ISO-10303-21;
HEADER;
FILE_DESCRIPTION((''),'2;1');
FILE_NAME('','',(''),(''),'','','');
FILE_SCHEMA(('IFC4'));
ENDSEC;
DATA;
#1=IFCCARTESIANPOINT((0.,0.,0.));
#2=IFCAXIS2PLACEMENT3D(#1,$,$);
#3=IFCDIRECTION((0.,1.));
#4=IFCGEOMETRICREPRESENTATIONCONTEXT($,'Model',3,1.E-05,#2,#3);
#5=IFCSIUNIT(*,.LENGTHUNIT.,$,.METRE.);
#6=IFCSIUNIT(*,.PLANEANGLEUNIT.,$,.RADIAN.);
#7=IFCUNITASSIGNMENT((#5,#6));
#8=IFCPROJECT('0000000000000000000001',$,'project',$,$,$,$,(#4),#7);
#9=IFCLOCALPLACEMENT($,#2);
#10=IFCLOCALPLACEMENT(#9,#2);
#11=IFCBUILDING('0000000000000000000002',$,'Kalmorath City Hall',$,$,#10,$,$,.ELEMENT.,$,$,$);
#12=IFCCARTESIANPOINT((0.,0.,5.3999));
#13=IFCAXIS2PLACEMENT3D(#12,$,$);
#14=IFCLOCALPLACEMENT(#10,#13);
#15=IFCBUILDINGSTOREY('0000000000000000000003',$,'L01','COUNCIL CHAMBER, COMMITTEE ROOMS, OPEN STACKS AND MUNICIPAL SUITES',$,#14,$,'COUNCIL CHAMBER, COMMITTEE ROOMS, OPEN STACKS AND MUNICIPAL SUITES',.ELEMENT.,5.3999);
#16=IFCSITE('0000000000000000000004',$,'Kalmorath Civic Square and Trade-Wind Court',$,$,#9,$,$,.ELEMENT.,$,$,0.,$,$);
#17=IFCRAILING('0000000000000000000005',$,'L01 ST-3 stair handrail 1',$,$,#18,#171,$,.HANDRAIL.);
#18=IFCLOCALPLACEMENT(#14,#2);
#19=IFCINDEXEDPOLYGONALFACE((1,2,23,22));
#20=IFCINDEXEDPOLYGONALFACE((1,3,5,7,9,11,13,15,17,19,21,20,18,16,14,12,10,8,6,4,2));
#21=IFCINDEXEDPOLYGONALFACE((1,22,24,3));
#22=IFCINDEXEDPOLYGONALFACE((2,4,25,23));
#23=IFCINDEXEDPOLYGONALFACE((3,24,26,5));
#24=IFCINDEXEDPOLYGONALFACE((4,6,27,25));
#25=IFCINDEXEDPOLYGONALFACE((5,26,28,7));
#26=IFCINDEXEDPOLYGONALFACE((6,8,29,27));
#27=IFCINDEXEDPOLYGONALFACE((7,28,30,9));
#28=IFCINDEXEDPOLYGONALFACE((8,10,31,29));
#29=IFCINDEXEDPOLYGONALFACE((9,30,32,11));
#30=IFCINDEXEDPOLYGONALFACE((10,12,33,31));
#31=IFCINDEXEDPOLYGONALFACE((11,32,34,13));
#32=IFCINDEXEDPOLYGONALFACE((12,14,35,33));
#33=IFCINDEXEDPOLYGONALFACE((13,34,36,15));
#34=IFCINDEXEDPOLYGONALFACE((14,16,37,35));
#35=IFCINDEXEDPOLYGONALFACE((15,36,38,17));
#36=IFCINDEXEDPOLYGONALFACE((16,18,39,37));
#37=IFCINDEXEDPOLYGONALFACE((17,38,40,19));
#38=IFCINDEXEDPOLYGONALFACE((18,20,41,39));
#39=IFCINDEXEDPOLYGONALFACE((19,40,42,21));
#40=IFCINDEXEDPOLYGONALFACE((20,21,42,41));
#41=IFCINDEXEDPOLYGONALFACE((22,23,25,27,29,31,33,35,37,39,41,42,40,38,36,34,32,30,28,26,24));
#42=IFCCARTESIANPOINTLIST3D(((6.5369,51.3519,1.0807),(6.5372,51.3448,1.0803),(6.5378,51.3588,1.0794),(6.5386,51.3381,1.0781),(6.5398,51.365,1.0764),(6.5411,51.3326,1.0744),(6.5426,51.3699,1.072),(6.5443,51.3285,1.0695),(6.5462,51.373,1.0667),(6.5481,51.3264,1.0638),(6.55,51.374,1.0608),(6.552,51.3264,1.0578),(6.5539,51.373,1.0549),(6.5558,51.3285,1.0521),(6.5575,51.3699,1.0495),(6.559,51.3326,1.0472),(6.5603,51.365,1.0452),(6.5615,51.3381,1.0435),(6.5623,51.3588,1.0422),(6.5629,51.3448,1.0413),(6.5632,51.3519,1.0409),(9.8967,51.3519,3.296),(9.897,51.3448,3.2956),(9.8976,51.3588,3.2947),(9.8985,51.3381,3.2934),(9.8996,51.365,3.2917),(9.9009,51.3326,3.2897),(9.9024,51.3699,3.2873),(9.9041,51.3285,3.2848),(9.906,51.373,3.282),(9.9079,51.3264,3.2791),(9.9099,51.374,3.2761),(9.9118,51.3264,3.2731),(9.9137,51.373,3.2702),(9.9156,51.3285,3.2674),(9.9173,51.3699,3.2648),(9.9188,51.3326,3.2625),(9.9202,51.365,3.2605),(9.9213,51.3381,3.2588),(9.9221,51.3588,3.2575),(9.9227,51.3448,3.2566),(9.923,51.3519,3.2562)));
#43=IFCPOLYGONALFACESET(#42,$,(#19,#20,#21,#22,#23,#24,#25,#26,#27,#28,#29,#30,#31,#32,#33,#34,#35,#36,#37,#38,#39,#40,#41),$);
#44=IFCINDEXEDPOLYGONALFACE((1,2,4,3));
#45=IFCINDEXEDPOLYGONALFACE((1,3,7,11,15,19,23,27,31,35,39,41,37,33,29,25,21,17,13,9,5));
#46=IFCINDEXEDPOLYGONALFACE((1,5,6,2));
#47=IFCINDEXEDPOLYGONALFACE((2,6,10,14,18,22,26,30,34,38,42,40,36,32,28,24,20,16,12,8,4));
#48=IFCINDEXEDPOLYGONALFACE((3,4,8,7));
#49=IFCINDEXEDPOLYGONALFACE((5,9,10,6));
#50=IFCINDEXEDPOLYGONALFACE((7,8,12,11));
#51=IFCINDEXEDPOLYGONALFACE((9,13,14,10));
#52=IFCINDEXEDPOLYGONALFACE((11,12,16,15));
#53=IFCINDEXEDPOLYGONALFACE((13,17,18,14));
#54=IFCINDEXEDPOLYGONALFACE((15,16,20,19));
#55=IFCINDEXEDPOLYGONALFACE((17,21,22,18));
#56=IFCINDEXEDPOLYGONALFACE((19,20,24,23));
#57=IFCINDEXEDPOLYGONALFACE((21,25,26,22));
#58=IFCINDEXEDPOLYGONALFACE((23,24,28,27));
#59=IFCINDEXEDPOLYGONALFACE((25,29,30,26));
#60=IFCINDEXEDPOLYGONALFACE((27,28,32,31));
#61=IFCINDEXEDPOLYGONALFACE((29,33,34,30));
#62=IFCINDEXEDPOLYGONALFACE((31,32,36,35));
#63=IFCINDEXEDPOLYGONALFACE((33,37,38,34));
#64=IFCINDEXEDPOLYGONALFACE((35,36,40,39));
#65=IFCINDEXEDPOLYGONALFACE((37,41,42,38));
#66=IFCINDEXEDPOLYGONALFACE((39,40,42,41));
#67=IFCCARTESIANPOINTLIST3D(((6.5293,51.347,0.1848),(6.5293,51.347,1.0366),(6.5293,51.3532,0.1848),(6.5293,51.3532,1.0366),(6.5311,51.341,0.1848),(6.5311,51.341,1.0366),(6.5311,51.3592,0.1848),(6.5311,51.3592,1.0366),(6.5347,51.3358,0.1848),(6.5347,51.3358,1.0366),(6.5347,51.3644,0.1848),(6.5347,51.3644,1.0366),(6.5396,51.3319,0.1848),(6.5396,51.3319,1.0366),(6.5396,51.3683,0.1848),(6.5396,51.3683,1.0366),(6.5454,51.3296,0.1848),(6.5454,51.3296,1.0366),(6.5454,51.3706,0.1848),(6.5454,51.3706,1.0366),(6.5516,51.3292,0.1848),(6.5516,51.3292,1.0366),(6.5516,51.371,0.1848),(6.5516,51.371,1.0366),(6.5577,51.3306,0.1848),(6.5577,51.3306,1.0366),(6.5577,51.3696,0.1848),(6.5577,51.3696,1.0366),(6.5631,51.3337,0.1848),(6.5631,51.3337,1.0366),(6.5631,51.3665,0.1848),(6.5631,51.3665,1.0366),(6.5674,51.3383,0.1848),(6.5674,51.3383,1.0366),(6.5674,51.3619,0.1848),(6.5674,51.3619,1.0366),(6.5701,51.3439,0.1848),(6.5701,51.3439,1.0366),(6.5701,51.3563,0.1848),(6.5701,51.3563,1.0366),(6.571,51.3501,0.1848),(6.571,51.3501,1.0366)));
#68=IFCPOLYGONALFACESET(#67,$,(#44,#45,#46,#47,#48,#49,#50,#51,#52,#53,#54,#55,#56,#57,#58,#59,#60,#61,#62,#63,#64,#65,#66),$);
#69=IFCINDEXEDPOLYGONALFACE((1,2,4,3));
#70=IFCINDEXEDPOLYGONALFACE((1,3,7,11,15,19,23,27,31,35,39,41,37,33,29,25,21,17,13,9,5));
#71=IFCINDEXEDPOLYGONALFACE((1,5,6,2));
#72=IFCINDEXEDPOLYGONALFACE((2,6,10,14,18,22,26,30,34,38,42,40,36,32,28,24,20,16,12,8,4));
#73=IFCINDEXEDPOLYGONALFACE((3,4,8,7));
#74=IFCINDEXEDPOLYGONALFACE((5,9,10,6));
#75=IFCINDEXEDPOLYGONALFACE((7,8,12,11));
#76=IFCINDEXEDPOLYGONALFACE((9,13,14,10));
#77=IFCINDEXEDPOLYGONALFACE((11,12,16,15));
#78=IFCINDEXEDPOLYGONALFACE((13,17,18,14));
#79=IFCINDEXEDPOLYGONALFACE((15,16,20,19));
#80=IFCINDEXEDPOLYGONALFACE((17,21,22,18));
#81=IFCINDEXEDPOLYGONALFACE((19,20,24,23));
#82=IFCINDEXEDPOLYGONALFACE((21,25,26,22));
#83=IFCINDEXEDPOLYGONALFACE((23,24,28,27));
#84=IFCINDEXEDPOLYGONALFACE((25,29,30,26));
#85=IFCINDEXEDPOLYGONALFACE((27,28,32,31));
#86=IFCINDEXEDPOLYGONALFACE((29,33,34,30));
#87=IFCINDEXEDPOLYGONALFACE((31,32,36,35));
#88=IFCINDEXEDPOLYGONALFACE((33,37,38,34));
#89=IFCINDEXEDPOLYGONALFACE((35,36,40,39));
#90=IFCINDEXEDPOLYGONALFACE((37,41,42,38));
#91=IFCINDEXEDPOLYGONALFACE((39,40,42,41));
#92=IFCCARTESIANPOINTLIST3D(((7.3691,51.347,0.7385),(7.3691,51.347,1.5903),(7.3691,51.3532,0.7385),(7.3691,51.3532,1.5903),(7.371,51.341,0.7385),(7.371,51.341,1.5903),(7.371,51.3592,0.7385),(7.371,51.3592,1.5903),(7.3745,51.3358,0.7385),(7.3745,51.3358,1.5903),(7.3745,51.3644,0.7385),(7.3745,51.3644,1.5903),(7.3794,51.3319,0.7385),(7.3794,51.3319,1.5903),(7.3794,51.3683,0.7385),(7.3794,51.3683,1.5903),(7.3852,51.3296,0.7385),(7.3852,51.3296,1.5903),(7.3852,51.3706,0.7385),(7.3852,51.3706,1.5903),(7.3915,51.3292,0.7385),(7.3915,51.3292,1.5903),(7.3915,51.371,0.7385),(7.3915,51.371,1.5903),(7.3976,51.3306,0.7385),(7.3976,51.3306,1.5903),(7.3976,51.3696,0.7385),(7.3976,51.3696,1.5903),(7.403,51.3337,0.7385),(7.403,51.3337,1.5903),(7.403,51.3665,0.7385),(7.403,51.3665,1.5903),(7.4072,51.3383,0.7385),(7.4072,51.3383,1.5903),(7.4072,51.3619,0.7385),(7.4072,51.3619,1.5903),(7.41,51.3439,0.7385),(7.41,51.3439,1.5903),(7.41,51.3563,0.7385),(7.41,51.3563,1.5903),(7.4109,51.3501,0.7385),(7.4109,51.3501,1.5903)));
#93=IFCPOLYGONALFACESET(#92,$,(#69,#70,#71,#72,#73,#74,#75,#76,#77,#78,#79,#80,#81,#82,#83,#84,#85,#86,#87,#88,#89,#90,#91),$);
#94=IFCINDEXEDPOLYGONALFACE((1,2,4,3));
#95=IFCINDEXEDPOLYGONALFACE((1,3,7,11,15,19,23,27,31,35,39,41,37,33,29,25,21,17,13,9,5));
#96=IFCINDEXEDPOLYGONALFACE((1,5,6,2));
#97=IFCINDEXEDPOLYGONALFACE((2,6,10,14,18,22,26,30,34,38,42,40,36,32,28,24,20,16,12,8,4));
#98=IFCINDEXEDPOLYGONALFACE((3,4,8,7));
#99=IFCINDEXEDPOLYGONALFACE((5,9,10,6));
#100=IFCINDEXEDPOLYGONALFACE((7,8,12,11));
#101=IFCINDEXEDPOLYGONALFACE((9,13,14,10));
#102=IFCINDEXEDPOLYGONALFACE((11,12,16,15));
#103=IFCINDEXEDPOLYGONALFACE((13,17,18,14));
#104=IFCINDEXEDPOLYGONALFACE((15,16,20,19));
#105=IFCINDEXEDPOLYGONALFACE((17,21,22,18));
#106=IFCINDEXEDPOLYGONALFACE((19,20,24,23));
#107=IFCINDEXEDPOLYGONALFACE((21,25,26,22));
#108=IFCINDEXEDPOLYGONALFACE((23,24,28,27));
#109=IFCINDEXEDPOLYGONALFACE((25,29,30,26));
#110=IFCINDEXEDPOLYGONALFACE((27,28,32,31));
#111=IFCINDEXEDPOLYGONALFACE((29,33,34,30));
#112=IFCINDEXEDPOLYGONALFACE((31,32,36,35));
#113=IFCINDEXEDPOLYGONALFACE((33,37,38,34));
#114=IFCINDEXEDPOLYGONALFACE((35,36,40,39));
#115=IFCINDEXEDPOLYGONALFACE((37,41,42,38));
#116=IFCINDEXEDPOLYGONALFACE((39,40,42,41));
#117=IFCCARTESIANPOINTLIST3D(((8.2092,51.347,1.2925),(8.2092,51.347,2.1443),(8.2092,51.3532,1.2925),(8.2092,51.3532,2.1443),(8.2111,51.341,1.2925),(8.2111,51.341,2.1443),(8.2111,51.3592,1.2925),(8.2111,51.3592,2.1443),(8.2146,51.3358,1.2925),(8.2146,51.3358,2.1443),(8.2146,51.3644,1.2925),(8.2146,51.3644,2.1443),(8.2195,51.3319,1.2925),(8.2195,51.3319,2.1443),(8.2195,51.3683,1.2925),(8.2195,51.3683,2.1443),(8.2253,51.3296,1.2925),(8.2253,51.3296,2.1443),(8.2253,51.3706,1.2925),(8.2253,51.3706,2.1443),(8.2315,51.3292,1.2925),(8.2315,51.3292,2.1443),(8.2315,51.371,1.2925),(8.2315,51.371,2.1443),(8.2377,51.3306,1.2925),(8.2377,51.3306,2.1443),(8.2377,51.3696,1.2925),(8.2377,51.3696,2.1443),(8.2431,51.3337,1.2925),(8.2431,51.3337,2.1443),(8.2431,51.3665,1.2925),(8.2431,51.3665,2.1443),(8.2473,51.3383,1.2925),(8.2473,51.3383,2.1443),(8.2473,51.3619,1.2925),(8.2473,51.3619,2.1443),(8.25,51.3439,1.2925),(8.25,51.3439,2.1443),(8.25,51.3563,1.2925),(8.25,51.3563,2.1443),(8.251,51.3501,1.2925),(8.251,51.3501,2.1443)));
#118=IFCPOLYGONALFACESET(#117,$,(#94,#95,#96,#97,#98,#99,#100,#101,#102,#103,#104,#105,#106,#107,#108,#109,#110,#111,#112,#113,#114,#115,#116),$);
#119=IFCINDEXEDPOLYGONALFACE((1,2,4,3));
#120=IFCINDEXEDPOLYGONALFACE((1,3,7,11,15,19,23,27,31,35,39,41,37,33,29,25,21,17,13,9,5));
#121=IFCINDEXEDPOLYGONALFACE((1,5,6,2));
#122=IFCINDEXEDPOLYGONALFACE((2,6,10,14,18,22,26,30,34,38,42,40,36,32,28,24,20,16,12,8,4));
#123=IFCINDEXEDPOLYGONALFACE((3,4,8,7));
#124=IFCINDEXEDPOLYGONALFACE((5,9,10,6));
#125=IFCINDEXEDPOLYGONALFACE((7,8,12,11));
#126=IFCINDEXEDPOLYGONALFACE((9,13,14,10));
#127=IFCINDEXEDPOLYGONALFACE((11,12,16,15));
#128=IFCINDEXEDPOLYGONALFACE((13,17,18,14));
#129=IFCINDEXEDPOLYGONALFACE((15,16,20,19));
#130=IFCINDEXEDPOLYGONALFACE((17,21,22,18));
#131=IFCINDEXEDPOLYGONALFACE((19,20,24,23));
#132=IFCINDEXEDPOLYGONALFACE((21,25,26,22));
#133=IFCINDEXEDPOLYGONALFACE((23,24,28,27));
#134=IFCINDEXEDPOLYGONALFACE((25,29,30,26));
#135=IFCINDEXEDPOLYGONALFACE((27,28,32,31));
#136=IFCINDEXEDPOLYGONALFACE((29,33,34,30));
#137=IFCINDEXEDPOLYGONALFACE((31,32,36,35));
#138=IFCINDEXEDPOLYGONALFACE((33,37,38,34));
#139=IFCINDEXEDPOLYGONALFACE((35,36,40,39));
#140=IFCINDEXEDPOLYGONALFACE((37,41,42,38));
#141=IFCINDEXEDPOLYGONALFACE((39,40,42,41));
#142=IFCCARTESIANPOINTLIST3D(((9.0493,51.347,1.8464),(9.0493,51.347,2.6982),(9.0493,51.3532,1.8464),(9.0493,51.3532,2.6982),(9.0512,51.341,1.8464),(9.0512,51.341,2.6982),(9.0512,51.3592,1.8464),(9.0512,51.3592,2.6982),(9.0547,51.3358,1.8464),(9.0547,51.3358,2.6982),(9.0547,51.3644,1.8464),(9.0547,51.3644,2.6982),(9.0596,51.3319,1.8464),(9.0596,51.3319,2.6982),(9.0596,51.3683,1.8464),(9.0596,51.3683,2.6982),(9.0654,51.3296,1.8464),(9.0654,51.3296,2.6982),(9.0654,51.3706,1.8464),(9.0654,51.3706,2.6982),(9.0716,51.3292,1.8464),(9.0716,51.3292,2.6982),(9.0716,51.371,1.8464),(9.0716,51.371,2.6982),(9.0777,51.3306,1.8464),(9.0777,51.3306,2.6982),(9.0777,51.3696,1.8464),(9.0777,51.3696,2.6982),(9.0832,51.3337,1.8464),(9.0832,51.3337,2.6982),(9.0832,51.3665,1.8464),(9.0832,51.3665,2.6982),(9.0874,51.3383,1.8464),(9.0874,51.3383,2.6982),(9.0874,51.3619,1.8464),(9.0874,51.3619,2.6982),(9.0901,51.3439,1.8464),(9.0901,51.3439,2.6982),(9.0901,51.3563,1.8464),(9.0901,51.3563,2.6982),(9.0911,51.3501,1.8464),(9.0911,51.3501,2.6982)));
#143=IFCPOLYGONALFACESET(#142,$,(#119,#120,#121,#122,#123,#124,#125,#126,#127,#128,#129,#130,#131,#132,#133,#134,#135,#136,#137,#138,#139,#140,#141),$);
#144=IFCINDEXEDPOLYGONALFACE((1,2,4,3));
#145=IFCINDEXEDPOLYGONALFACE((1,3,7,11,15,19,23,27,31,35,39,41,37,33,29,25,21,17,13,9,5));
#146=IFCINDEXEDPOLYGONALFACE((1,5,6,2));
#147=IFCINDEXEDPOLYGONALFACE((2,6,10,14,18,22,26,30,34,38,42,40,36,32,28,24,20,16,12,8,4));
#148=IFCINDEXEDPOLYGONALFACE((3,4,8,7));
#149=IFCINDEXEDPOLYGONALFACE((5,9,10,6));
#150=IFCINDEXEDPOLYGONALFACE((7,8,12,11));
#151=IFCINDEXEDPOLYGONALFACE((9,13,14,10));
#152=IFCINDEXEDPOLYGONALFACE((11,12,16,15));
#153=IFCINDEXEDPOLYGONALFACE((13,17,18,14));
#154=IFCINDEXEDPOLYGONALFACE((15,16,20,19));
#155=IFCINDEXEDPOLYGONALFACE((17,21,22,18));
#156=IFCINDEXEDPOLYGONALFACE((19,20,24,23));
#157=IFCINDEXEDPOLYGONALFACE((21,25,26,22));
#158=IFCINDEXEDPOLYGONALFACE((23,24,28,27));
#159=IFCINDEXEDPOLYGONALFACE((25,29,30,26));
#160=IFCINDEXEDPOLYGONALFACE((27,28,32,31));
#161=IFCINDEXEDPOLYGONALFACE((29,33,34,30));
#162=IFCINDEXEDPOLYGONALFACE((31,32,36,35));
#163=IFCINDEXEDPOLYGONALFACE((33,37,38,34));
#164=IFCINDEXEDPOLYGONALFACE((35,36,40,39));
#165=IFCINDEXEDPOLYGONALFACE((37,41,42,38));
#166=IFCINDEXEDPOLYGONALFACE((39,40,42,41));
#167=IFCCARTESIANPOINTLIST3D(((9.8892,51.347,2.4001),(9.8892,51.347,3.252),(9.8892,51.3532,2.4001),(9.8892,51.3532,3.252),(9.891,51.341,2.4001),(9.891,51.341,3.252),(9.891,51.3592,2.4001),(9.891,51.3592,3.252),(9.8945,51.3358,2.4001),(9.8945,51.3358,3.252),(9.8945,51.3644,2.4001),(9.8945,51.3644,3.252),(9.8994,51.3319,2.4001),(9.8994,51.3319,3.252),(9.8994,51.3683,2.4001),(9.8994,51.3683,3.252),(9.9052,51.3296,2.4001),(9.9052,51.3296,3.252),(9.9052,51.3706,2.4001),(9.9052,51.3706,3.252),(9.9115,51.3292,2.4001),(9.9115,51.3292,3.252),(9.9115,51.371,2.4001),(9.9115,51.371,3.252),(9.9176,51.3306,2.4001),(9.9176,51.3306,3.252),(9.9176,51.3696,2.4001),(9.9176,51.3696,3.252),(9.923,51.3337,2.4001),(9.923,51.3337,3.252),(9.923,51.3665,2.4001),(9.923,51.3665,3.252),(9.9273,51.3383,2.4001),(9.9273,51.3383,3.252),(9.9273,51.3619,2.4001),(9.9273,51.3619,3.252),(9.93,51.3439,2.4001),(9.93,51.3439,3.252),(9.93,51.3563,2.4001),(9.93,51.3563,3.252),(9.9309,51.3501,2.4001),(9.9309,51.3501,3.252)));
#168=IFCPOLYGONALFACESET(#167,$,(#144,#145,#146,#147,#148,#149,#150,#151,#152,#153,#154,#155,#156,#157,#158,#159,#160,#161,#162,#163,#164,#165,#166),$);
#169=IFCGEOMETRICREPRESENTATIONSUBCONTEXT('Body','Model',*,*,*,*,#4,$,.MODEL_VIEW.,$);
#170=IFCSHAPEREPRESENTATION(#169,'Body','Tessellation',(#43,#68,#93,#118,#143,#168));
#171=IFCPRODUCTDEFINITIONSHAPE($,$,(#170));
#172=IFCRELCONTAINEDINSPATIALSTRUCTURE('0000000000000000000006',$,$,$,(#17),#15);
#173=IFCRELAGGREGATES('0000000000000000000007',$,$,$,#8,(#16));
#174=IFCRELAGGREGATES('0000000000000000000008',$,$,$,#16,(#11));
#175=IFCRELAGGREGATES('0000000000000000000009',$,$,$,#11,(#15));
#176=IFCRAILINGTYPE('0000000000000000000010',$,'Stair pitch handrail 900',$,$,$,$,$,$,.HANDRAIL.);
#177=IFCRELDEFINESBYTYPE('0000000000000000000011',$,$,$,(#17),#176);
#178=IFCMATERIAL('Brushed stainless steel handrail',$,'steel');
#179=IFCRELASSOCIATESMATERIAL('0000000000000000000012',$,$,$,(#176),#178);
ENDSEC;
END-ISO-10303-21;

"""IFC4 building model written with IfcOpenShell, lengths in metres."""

from ifc_helpers import new_model, si_unit, direction, frame, origin, origin_2d, place, context, subcontext, project, spatial, circle, extrude, material, type_object, element, save


model = new_model("IFC4")

# Units and contexts
model_context = context("Model", 3, precision=1e-05, world=origin(), true_north=direction((0.0, 1.0)))
body_context = subcontext(model_context, "Body", "Model", "MODEL_VIEW")
ifc_project = project(units=[si_unit("LENGTHUNIT", "METRE"), si_unit("PLANEANGLEUNIT", "RADIAN")], contexts=[model_context])

# Site, building, storey
site_placement = place(None, origin())
site = spatial("IfcSite", under=ifc_project, at=site_placement, Name="Kalmorath Civic Square and Trade-Wind Court", CompositionType="ELEMENT", RefElevation=0.0)
building_placement = place(site_placement, origin())
building = spatial("IfcBuilding", under=site, at=building_placement, Name="Kalmorath City Hall", CompositionType="ELEMENT")
storey_placement = place(building_placement, frame((0.0, 0.0, 5.3999)))
storey = spatial("IfcBuildingStorey", under=building, at=storey_placement, Name="L01", Description="COUNCIL CHAMBER, COMMITTEE ROOMS, OPEN STACKS AND MUNICIPAL SUITES", LongName="COUNCIL CHAMBER, COMMITTEE ROOMS, OPEN STACKS AND MUNICIPAL SUITES", CompositionType="ELEMENT", Elevation=5.3999)

# Railing
ifc_material_1 = material(Name="Brushed stainless steel handrail", Category="steel")
railing_type_1 = type_object("IfcRailingType", Name="Stair pitch handrail 900", PredefinedType="HANDRAIL", material=ifc_material_1)
railing_1_placement = place(storey_placement, frame((6.55, 51.3501, 0.1848)))
element("IfcRailing", 1, at=railing_1_placement, inside=storey, type_object=railing_type_1, Name="L01 ST-3 stair handrail 1", PredefinedType="HANDRAIL", context=body_context, shape_type="SweptSolid", body=[
    extrude(circle(Radius=0.0239, at=origin_2d()), frame((0.0, 0.0, 0.876), z_axis=(0.834858, 0.0, 0.550465), x_axis=(0.0, 1.0, 0.0)), (0.0, 0.0, 1.0), 4.0244),
    extrude(circle(Radius=0.021, at=origin_2d()), origin(), (0.0, 0.0, 1.0), 0.8518),
    extrude(circle(Radius=0.021, at=origin_2d()), frame((0.8398, 0.0, 0.5537)), (0.0, 0.0, 1.0), 0.8518),
    extrude(circle(Radius=0.021, at=origin_2d()), frame((1.6799, 0.0, 1.1077)), (0.0, 0.0, 1.0), 0.8518),
    extrude(circle(Radius=0.021, at=origin_2d()), frame((2.52, 0.0, 1.6616)), (0.0, 0.0, 1.0), 0.8518),
    extrude(circle(Radius=0.021, at=origin_2d()), frame((3.3599, 0.0, 2.2153)), (0.0, 0.0, 1.0), 0.8518),
])

save(model, "model.ifc")
